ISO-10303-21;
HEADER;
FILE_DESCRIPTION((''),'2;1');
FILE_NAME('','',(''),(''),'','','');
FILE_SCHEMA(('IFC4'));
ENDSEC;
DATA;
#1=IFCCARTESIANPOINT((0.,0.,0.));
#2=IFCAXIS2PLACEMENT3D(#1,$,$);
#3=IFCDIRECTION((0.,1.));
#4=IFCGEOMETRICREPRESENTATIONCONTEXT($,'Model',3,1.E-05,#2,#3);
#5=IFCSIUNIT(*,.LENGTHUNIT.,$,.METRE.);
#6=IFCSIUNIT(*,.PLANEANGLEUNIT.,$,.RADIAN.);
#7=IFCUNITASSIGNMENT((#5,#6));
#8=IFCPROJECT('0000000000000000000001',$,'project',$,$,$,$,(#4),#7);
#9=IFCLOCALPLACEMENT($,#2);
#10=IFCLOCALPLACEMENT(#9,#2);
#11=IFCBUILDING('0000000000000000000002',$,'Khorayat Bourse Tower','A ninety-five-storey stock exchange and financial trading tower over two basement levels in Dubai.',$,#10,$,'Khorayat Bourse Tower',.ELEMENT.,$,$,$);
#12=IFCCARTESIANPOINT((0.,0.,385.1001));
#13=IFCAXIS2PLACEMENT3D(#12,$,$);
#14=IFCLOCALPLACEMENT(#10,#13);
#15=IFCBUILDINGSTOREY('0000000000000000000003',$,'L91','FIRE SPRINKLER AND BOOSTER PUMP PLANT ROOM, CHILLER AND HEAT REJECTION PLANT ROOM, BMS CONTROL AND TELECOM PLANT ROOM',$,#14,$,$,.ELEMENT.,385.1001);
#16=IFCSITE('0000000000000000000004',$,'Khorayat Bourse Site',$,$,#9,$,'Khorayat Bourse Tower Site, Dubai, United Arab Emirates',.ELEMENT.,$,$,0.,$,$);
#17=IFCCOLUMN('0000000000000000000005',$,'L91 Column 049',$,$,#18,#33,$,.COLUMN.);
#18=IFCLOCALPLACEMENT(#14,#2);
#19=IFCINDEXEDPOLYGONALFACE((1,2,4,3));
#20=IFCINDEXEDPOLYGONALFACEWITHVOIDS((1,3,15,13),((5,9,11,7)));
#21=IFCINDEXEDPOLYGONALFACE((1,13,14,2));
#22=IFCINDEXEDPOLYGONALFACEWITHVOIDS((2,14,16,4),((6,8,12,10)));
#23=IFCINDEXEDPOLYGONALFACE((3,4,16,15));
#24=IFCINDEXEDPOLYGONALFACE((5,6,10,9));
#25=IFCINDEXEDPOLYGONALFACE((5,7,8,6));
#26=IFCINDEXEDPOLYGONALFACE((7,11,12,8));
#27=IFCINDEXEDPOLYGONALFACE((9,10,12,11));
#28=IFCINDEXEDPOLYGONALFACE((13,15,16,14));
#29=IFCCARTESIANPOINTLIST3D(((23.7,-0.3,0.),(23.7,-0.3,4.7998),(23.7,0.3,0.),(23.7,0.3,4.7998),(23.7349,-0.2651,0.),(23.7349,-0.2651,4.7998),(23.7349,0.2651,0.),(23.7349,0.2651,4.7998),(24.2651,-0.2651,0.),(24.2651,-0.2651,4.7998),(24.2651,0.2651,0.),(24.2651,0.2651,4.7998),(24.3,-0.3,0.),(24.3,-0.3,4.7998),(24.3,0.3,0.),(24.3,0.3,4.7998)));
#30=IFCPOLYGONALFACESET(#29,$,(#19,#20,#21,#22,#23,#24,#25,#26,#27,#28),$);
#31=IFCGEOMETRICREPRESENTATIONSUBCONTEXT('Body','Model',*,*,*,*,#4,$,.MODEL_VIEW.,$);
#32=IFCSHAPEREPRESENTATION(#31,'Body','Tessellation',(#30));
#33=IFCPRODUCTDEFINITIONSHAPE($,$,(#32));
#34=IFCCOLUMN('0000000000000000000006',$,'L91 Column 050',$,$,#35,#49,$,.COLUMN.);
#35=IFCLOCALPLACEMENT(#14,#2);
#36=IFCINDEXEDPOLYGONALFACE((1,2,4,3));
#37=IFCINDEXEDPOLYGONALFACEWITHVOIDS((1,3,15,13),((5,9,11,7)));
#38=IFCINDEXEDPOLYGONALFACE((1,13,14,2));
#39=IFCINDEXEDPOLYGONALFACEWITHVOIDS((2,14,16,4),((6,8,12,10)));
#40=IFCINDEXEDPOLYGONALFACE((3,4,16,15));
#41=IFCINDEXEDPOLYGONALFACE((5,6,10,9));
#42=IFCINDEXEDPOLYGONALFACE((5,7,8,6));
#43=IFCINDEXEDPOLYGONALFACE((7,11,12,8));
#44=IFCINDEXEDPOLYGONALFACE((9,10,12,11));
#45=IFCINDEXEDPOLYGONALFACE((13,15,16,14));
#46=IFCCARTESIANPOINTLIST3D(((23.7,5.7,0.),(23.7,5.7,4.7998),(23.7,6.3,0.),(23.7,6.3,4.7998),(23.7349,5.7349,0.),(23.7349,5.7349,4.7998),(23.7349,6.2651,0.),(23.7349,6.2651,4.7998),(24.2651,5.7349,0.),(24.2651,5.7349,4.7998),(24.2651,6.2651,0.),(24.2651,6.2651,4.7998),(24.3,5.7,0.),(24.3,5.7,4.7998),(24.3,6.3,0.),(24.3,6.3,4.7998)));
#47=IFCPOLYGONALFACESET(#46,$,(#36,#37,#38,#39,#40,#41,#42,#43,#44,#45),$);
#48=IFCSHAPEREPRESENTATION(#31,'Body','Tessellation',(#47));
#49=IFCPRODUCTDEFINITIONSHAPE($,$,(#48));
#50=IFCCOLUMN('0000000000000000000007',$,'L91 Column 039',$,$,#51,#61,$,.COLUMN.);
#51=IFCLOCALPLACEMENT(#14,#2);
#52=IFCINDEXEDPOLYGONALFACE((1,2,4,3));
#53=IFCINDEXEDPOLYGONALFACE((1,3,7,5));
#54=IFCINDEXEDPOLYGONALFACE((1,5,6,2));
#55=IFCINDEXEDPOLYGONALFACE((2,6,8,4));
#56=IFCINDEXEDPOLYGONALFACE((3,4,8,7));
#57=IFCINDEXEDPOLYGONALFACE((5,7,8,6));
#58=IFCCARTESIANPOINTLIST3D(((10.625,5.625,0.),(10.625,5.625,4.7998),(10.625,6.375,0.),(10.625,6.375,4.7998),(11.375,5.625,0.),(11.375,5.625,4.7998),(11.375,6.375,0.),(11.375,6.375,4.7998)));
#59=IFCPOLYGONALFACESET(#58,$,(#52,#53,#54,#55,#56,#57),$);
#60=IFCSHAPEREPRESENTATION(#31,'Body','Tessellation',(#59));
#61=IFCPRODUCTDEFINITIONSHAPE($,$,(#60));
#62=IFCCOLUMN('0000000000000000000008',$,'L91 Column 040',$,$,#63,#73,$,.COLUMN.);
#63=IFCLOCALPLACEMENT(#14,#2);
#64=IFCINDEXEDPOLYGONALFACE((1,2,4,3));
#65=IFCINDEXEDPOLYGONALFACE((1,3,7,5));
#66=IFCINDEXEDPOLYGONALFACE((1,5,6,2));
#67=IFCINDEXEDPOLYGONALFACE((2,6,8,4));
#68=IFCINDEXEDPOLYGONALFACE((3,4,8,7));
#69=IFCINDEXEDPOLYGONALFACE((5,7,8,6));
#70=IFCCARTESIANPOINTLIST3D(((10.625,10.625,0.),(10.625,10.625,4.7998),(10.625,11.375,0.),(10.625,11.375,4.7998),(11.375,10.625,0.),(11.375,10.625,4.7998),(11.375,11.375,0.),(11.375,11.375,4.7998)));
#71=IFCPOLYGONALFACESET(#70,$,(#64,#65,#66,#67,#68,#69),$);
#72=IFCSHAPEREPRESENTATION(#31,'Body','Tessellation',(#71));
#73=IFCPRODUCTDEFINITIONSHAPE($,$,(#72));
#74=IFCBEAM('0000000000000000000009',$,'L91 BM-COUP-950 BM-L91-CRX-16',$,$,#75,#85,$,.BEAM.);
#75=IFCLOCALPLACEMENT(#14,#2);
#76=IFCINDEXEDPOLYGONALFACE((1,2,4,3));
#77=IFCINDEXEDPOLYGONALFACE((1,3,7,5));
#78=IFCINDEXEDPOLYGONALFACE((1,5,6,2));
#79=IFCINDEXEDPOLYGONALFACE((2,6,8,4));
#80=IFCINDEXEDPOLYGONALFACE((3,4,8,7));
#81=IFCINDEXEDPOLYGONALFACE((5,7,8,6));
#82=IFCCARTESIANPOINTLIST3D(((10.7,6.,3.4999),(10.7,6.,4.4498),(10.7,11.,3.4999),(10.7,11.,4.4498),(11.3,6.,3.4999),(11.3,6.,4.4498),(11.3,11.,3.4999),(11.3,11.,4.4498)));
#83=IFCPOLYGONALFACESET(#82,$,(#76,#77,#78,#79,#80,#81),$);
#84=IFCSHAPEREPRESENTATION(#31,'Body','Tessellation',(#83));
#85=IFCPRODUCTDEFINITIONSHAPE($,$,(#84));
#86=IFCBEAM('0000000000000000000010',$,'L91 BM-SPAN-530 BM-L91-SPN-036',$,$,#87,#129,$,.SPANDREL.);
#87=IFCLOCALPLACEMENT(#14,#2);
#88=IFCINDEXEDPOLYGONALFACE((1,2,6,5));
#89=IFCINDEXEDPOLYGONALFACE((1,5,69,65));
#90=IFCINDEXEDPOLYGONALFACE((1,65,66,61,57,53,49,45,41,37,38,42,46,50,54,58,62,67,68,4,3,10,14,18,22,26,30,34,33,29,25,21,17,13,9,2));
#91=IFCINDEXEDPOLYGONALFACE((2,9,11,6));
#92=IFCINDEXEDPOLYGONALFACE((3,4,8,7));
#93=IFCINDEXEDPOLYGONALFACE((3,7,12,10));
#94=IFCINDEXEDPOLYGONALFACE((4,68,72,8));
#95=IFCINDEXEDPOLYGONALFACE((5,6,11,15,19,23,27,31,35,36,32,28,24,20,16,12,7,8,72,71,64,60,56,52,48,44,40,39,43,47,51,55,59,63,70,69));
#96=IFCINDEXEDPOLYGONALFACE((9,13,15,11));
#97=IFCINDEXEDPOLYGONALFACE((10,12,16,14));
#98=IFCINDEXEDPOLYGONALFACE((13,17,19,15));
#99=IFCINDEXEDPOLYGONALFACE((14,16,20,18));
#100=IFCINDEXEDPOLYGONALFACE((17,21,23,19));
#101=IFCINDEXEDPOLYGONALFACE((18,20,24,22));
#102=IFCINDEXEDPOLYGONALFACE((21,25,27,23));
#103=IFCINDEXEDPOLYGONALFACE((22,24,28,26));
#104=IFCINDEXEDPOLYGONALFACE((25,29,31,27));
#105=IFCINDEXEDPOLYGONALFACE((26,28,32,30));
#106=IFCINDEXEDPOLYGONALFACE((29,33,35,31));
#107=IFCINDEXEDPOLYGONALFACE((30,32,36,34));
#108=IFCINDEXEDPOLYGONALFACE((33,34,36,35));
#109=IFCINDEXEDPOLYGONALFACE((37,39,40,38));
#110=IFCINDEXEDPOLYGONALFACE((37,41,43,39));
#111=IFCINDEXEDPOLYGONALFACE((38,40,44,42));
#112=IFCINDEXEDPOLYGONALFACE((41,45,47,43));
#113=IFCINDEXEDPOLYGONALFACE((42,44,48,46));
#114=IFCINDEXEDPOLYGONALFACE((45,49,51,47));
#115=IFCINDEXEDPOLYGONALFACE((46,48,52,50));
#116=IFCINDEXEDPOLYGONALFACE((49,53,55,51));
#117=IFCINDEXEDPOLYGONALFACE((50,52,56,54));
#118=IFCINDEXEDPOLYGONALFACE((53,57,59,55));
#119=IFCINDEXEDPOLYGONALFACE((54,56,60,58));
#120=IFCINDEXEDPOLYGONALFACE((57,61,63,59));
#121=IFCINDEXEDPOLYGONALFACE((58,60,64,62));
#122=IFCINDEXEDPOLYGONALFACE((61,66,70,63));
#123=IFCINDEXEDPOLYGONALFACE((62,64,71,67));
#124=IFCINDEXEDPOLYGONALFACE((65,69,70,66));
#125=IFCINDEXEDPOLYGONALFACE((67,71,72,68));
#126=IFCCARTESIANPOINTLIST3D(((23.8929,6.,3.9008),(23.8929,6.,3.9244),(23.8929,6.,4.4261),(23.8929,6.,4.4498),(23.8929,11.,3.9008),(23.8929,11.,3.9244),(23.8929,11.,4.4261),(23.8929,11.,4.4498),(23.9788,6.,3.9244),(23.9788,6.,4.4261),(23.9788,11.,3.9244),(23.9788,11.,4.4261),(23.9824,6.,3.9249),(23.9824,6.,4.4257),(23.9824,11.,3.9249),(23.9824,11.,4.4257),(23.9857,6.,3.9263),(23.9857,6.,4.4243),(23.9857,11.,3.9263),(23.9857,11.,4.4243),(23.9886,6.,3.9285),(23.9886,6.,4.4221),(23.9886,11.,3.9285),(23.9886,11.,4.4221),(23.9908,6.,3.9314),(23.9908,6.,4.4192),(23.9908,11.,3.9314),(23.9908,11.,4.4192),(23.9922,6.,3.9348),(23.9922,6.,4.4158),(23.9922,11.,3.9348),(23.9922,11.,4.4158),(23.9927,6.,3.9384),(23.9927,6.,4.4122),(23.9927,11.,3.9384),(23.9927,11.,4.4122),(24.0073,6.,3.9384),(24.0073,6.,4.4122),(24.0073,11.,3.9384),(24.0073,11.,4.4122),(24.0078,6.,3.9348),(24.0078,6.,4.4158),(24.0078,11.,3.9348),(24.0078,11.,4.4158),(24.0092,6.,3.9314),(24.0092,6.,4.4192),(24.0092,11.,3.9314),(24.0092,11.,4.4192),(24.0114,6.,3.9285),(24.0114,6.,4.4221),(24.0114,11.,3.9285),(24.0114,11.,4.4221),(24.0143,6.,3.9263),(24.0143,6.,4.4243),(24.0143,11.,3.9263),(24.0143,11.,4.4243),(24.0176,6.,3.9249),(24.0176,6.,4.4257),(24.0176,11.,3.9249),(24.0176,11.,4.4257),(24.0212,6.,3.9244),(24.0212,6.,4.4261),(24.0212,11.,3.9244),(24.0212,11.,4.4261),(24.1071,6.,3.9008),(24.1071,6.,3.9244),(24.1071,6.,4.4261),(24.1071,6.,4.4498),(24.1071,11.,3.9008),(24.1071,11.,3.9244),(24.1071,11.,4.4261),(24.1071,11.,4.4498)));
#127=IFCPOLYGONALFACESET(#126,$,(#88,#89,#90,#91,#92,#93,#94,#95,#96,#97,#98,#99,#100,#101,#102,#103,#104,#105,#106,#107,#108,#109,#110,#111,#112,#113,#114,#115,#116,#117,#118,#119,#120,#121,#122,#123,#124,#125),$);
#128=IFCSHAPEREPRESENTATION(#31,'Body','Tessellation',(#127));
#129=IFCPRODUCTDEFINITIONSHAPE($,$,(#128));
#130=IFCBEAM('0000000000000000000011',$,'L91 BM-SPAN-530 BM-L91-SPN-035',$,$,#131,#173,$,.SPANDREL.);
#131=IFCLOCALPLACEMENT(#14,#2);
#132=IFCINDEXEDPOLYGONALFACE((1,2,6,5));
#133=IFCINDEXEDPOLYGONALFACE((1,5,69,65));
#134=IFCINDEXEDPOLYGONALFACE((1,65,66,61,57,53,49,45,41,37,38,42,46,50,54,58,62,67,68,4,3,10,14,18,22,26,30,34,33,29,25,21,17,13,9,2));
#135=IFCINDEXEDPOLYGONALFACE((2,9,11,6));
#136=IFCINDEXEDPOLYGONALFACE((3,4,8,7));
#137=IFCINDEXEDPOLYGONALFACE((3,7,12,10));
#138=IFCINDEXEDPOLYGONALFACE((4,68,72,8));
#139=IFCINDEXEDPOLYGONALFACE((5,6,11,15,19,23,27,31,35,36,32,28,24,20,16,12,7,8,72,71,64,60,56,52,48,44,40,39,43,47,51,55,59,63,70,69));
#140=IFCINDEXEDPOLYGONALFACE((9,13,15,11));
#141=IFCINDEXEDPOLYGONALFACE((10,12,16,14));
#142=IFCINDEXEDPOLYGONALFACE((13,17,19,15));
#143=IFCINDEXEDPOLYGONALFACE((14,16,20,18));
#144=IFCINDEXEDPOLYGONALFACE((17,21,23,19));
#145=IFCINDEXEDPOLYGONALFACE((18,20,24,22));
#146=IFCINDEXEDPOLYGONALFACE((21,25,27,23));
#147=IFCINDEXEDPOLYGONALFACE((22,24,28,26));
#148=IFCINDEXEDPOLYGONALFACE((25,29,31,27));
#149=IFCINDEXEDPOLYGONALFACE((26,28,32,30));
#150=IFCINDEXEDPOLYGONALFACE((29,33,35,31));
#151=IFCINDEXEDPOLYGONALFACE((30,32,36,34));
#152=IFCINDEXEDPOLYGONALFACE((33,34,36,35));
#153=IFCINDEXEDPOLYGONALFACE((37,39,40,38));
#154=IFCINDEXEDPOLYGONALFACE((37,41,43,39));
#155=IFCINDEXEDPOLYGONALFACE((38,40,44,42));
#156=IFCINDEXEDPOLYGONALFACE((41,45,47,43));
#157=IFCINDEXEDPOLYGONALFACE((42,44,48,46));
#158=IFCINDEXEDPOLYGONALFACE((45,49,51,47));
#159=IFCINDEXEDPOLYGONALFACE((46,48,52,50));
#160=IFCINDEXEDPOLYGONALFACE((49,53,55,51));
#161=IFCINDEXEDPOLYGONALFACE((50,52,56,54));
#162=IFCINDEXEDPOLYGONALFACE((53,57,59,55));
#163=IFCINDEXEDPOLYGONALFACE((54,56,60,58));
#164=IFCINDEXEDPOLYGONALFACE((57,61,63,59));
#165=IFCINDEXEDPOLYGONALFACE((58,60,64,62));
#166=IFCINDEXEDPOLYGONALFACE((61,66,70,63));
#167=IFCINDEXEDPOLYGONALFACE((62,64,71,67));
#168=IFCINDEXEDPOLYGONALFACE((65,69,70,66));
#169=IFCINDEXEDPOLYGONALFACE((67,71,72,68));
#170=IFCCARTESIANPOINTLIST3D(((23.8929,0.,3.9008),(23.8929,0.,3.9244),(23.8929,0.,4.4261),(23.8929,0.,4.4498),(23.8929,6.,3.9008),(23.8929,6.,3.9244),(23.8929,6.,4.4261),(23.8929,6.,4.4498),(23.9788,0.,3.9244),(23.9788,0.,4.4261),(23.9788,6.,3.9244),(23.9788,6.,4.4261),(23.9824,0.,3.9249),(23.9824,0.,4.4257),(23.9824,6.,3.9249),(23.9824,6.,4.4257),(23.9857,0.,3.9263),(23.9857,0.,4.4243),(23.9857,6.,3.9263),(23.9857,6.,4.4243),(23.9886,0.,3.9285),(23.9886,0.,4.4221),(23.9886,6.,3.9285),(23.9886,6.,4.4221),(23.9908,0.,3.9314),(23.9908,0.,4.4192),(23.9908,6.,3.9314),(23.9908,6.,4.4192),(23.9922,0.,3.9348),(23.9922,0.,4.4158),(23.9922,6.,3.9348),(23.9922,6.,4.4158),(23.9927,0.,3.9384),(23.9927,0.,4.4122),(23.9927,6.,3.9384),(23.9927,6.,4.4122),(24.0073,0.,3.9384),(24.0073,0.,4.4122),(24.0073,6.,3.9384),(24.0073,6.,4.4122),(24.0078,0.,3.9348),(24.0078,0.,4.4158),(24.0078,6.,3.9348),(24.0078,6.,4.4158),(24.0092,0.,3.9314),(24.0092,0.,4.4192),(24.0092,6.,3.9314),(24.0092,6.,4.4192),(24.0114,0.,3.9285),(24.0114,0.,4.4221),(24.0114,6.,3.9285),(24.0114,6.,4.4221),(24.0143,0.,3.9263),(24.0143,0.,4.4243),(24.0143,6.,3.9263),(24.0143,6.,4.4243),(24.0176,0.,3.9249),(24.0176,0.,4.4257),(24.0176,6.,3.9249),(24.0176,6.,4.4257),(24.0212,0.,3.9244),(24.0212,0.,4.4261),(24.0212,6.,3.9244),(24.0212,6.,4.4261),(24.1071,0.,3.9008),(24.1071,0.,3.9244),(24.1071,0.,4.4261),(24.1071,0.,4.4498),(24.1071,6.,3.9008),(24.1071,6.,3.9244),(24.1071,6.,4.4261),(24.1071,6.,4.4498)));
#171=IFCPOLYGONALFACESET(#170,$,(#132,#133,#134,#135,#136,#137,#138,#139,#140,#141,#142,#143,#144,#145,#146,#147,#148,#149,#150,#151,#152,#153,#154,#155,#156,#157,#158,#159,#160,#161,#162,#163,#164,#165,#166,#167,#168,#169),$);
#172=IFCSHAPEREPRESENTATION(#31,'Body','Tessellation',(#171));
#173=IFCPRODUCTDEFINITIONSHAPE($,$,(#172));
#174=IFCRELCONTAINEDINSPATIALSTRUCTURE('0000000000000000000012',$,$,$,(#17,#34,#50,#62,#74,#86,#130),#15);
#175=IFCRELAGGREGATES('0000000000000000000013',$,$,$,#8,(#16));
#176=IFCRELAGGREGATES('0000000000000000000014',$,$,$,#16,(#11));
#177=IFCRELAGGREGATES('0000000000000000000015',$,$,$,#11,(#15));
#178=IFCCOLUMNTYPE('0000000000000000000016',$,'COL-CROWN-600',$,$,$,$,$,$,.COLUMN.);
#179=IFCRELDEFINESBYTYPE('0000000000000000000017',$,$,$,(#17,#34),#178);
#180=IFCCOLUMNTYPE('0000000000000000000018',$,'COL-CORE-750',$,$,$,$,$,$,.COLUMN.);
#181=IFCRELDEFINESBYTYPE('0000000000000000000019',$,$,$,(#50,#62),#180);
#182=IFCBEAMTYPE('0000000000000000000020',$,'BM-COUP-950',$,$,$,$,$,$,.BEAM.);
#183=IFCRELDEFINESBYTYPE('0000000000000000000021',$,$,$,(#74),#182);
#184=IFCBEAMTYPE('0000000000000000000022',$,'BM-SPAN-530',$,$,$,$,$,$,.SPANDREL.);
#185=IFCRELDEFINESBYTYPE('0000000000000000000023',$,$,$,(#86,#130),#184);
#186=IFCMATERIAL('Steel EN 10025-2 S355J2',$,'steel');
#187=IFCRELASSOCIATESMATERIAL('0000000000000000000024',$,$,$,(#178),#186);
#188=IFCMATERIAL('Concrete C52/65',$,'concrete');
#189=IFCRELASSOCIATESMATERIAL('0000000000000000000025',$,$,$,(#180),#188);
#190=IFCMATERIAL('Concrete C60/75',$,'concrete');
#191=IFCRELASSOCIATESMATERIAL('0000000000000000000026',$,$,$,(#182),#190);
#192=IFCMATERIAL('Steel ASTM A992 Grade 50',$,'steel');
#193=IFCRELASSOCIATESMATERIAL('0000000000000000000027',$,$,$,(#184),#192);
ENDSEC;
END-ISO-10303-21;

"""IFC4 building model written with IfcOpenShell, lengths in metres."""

from ifc_helpers import new_model, si_unit, direction, frame, origin, origin_2d, place, context, subcontext, project, spatial, rectangle, hollow_rectangle, i_section, extrude, source, transform, mapped, material, material_profile, profile_set, type_object, element, save


model = new_model("IFC4")

# Units and contexts
model_context = context("Model", 3, precision=1e-05, world=origin(), true_north=direction((0.0, 1.0)))
body_context = subcontext(model_context, "Body", "Model", "MODEL_VIEW")
ifc_project = project(units=[si_unit("LENGTHUNIT", "METRE"), si_unit("PLANEANGLEUNIT", "RADIAN")], contexts=[model_context])

# Site, building, storey
site_placement = place(None, origin())
site = spatial("IfcSite", under=ifc_project, at=site_placement, Name="Khorayat Bourse Site", LongName="Khorayat Bourse Tower Site, Dubai, United Arab Emirates", CompositionType="ELEMENT", RefElevation=0.0)
building_placement = place(site_placement, origin())
building = spatial("IfcBuilding", under=site, at=building_placement, Name="Khorayat Bourse Tower", Description="A ninety-five-storey stock exchange and financial trading tower over two basement levels in Dubai.", LongName="Khorayat Bourse Tower", CompositionType="ELEMENT")
storey_placement = place(building_placement, frame((0.0, 0.0, 385.1001)))
storey = spatial("IfcBuildingStorey", under=building, at=storey_placement, Name="L91", Description="FIRE SPRINKLER AND BOOSTER PUMP PLANT ROOM, CHILLER AND HEAT REJECTION PLANT ROOM, BMS CONTROL AND TELECOM PLANT ROOM", CompositionType="ELEMENT", Elevation=385.1001)

# Columns
ifc_material_1 = material(Name="Steel EN 10025-2 S355J2", Category="steel")
ifc_material_profile_1 = material_profile(ifc_material_1, hollow_rectangle(XDim=0.6001, YDim=0.6001, WallThickness=0.0349, at=origin_2d()), Name="BOX 600x600x35")
ifc_profile_set_1 = profile_set([ifc_material_profile_1], Name="Steel EN 10025-2 S355J2")
column_type_1 = type_object("IfcColumnType", Name="COL-CROWN-600", PredefinedType="COLUMN", material=ifc_profile_set_1)
shared_shape_1 = source(origin(), body_context, "Body", "SweptSolid", [
    extrude(hollow_rectangle(XDim=0.6001, YDim=0.6001, WallThickness=0.0349, at=origin_2d()), origin(), (0.0, 0.0, 1.0), 4.7998),
])
for number, where, z_axis, x_axis, name in (
    (1, (24.0, 0.0, 0.0), (0.0, 0.0, 1.0), (1.0, 0.0, 0.0), "L91 Column 049"),
    (2, (24.0, 6.0, 0.0), (0.0, 0.0, 1.0), (1.0, 0.0, 0.0), "L91 Column 050"),
):
    element("IfcColumn", number, at=place(storey_placement, frame(where, z_axis=z_axis, x_axis=x_axis)), inside=storey, type_object=column_type_1, Name=name, PredefinedType="COLUMN", context=body_context, shape_type="MappedRepresentation", body=[
        mapped(shared_shape_1, transform((0.0, 0.0, 0.0), scale=1.0)),
    ])
ifc_material_2 = material(Name="Concrete C52/65", Category="concrete")
ifc_material_profile_2 = material_profile(ifc_material_2, rectangle(XDim=0.75, YDim=0.75, at=origin_2d()), Name="RC 750x750")
ifc_profile_set_2 = profile_set([ifc_material_profile_2], Name="Concrete C52/65")
column_type_2 = type_object("IfcColumnType", Name="COL-CORE-750", PredefinedType="COLUMN", material=ifc_profile_set_2)
shared_shape_2 = source(origin(), body_context, "Body", "SweptSolid", [
    extrude(rectangle(XDim=0.75, YDim=0.75, at=origin_2d()), origin(), (0.0, 0.0, 1.0), 4.7998),
])
for number, where, z_axis, x_axis, name in (
    (3, (11.0, 6.0, 0.0), (0.0, 0.0, 1.0), (1.0, 0.0, 0.0), "L91 Column 039"),
    (4, (11.0, 11.0, 0.0), (0.0, 0.0, 1.0), (1.0, 0.0, 0.0), "L91 Column 040"),
):
    element("IfcColumn", number, at=place(storey_placement, frame(where, z_axis=z_axis, x_axis=x_axis)), inside=storey, type_object=column_type_2, Name=name, PredefinedType="COLUMN", context=body_context, shape_type="MappedRepresentation", body=[
        mapped(shared_shape_2, transform((0.0, 0.0, 0.0), scale=1.0)),
    ])

# Beams
ifc_material_3 = material(Name="Concrete C60/75", Category="concrete")
ifc_material_profile_3 = material_profile(ifc_material_3, rectangle(XDim=0.6001, YDim=0.95, at=origin_2d()), Name="RC 600x950")
ifc_profile_set_3 = profile_set([ifc_material_profile_3], Name="Concrete C60/75")
beam_type_1 = type_object("IfcBeamType", Name="BM-COUP-950", PredefinedType="BEAM", material=ifc_profile_set_3)
shared_shape_3 = source(origin(), body_context, "Body", "SweptSolid", [
    extrude(rectangle(XDim=0.6001, YDim=0.95, at=origin_2d()), origin(), (0.0, 0.0, 1.0), 5.0),
])
beam_1_placement = place(storey_placement, frame((11.0, 6.0, 3.9749), z_axis=(0.0, 1.0, 0.0), x_axis=(-1.0, 0.0, 0.0)))
element("IfcBeam", 5, at=beam_1_placement, inside=storey, type_object=beam_type_1, Name="L91 BM-COUP-950 BM-L91-CRX-16", PredefinedType="BEAM", context=body_context, shape_type="MappedRepresentation", body=[
    mapped(shared_shape_3, transform((0.0, 0.0, 0.0), scale=1.0)),
])
ifc_material_4 = material(Name="Steel ASTM A992 Grade 50", Category="steel")
ifc_material_profile_4 = material_profile(ifc_material_4, i_section(OverallWidth=0.2141, OverallDepth=0.5491, WebThickness=0.0146, FlangeThickness=0.0237, FilletRadius=0.0139, at=origin_2d()), Name="W530X138")
ifc_profile_set_4 = profile_set([ifc_material_profile_4], Name="Steel ASTM A992 Grade 50")
beam_type_2 = type_object("IfcBeamType", Name="BM-SPAN-530", PredefinedType="SPANDREL", material=ifc_profile_set_4)
shared_shape_4 = source(origin(), body_context, "Body", "SweptSolid", [
    extrude(i_section(OverallWidth=0.2141, OverallDepth=0.5491, WebThickness=0.0146, FlangeThickness=0.0237, FilletRadius=0.0139, at=origin_2d()), origin(), (0.0, 0.0, 1.0), 5.0),
])
beam_2_placement = place(storey_placement, frame((24.0, 6.0, 4.1753), z_axis=(0.0, 1.0, 0.0), x_axis=(-1.0, 0.0, 0.0)))
element("IfcBeam", 6, at=beam_2_placement, inside=storey, type_object=beam_type_2, Name="L91 BM-SPAN-530 BM-L91-SPN-036", PredefinedType="SPANDREL", context=body_context, shape_type="MappedRepresentation", body=[
    mapped(shared_shape_4, transform((0.0, 0.0, 0.0), scale=1.0)),
])
shared_shape_5 = source(origin(), body_context, "Body", "SweptSolid", [
    extrude(i_section(OverallWidth=0.2141, OverallDepth=0.5491, WebThickness=0.0146, FlangeThickness=0.0237, FilletRadius=0.0139, at=origin_2d()), origin(), (0.0, 0.0, 1.0), 6.0),
])
beam_3_placement = place(storey_placement, frame((24.0, 0.0, 4.1753), z_axis=(0.0, 1.0, 0.0), x_axis=(-1.0, 0.0, 0.0)))
element("IfcBeam", 7, at=beam_3_placement, inside=storey, type_object=beam_type_2, Name="L91 BM-SPAN-530 BM-L91-SPN-035", PredefinedType="SPANDREL", context=body_context, shape_type="MappedRepresentation", body=[
    mapped(shared_shape_5, transform((0.0, 0.0, 0.0), scale=1.0)),
])

save(model, "model.ifc")
